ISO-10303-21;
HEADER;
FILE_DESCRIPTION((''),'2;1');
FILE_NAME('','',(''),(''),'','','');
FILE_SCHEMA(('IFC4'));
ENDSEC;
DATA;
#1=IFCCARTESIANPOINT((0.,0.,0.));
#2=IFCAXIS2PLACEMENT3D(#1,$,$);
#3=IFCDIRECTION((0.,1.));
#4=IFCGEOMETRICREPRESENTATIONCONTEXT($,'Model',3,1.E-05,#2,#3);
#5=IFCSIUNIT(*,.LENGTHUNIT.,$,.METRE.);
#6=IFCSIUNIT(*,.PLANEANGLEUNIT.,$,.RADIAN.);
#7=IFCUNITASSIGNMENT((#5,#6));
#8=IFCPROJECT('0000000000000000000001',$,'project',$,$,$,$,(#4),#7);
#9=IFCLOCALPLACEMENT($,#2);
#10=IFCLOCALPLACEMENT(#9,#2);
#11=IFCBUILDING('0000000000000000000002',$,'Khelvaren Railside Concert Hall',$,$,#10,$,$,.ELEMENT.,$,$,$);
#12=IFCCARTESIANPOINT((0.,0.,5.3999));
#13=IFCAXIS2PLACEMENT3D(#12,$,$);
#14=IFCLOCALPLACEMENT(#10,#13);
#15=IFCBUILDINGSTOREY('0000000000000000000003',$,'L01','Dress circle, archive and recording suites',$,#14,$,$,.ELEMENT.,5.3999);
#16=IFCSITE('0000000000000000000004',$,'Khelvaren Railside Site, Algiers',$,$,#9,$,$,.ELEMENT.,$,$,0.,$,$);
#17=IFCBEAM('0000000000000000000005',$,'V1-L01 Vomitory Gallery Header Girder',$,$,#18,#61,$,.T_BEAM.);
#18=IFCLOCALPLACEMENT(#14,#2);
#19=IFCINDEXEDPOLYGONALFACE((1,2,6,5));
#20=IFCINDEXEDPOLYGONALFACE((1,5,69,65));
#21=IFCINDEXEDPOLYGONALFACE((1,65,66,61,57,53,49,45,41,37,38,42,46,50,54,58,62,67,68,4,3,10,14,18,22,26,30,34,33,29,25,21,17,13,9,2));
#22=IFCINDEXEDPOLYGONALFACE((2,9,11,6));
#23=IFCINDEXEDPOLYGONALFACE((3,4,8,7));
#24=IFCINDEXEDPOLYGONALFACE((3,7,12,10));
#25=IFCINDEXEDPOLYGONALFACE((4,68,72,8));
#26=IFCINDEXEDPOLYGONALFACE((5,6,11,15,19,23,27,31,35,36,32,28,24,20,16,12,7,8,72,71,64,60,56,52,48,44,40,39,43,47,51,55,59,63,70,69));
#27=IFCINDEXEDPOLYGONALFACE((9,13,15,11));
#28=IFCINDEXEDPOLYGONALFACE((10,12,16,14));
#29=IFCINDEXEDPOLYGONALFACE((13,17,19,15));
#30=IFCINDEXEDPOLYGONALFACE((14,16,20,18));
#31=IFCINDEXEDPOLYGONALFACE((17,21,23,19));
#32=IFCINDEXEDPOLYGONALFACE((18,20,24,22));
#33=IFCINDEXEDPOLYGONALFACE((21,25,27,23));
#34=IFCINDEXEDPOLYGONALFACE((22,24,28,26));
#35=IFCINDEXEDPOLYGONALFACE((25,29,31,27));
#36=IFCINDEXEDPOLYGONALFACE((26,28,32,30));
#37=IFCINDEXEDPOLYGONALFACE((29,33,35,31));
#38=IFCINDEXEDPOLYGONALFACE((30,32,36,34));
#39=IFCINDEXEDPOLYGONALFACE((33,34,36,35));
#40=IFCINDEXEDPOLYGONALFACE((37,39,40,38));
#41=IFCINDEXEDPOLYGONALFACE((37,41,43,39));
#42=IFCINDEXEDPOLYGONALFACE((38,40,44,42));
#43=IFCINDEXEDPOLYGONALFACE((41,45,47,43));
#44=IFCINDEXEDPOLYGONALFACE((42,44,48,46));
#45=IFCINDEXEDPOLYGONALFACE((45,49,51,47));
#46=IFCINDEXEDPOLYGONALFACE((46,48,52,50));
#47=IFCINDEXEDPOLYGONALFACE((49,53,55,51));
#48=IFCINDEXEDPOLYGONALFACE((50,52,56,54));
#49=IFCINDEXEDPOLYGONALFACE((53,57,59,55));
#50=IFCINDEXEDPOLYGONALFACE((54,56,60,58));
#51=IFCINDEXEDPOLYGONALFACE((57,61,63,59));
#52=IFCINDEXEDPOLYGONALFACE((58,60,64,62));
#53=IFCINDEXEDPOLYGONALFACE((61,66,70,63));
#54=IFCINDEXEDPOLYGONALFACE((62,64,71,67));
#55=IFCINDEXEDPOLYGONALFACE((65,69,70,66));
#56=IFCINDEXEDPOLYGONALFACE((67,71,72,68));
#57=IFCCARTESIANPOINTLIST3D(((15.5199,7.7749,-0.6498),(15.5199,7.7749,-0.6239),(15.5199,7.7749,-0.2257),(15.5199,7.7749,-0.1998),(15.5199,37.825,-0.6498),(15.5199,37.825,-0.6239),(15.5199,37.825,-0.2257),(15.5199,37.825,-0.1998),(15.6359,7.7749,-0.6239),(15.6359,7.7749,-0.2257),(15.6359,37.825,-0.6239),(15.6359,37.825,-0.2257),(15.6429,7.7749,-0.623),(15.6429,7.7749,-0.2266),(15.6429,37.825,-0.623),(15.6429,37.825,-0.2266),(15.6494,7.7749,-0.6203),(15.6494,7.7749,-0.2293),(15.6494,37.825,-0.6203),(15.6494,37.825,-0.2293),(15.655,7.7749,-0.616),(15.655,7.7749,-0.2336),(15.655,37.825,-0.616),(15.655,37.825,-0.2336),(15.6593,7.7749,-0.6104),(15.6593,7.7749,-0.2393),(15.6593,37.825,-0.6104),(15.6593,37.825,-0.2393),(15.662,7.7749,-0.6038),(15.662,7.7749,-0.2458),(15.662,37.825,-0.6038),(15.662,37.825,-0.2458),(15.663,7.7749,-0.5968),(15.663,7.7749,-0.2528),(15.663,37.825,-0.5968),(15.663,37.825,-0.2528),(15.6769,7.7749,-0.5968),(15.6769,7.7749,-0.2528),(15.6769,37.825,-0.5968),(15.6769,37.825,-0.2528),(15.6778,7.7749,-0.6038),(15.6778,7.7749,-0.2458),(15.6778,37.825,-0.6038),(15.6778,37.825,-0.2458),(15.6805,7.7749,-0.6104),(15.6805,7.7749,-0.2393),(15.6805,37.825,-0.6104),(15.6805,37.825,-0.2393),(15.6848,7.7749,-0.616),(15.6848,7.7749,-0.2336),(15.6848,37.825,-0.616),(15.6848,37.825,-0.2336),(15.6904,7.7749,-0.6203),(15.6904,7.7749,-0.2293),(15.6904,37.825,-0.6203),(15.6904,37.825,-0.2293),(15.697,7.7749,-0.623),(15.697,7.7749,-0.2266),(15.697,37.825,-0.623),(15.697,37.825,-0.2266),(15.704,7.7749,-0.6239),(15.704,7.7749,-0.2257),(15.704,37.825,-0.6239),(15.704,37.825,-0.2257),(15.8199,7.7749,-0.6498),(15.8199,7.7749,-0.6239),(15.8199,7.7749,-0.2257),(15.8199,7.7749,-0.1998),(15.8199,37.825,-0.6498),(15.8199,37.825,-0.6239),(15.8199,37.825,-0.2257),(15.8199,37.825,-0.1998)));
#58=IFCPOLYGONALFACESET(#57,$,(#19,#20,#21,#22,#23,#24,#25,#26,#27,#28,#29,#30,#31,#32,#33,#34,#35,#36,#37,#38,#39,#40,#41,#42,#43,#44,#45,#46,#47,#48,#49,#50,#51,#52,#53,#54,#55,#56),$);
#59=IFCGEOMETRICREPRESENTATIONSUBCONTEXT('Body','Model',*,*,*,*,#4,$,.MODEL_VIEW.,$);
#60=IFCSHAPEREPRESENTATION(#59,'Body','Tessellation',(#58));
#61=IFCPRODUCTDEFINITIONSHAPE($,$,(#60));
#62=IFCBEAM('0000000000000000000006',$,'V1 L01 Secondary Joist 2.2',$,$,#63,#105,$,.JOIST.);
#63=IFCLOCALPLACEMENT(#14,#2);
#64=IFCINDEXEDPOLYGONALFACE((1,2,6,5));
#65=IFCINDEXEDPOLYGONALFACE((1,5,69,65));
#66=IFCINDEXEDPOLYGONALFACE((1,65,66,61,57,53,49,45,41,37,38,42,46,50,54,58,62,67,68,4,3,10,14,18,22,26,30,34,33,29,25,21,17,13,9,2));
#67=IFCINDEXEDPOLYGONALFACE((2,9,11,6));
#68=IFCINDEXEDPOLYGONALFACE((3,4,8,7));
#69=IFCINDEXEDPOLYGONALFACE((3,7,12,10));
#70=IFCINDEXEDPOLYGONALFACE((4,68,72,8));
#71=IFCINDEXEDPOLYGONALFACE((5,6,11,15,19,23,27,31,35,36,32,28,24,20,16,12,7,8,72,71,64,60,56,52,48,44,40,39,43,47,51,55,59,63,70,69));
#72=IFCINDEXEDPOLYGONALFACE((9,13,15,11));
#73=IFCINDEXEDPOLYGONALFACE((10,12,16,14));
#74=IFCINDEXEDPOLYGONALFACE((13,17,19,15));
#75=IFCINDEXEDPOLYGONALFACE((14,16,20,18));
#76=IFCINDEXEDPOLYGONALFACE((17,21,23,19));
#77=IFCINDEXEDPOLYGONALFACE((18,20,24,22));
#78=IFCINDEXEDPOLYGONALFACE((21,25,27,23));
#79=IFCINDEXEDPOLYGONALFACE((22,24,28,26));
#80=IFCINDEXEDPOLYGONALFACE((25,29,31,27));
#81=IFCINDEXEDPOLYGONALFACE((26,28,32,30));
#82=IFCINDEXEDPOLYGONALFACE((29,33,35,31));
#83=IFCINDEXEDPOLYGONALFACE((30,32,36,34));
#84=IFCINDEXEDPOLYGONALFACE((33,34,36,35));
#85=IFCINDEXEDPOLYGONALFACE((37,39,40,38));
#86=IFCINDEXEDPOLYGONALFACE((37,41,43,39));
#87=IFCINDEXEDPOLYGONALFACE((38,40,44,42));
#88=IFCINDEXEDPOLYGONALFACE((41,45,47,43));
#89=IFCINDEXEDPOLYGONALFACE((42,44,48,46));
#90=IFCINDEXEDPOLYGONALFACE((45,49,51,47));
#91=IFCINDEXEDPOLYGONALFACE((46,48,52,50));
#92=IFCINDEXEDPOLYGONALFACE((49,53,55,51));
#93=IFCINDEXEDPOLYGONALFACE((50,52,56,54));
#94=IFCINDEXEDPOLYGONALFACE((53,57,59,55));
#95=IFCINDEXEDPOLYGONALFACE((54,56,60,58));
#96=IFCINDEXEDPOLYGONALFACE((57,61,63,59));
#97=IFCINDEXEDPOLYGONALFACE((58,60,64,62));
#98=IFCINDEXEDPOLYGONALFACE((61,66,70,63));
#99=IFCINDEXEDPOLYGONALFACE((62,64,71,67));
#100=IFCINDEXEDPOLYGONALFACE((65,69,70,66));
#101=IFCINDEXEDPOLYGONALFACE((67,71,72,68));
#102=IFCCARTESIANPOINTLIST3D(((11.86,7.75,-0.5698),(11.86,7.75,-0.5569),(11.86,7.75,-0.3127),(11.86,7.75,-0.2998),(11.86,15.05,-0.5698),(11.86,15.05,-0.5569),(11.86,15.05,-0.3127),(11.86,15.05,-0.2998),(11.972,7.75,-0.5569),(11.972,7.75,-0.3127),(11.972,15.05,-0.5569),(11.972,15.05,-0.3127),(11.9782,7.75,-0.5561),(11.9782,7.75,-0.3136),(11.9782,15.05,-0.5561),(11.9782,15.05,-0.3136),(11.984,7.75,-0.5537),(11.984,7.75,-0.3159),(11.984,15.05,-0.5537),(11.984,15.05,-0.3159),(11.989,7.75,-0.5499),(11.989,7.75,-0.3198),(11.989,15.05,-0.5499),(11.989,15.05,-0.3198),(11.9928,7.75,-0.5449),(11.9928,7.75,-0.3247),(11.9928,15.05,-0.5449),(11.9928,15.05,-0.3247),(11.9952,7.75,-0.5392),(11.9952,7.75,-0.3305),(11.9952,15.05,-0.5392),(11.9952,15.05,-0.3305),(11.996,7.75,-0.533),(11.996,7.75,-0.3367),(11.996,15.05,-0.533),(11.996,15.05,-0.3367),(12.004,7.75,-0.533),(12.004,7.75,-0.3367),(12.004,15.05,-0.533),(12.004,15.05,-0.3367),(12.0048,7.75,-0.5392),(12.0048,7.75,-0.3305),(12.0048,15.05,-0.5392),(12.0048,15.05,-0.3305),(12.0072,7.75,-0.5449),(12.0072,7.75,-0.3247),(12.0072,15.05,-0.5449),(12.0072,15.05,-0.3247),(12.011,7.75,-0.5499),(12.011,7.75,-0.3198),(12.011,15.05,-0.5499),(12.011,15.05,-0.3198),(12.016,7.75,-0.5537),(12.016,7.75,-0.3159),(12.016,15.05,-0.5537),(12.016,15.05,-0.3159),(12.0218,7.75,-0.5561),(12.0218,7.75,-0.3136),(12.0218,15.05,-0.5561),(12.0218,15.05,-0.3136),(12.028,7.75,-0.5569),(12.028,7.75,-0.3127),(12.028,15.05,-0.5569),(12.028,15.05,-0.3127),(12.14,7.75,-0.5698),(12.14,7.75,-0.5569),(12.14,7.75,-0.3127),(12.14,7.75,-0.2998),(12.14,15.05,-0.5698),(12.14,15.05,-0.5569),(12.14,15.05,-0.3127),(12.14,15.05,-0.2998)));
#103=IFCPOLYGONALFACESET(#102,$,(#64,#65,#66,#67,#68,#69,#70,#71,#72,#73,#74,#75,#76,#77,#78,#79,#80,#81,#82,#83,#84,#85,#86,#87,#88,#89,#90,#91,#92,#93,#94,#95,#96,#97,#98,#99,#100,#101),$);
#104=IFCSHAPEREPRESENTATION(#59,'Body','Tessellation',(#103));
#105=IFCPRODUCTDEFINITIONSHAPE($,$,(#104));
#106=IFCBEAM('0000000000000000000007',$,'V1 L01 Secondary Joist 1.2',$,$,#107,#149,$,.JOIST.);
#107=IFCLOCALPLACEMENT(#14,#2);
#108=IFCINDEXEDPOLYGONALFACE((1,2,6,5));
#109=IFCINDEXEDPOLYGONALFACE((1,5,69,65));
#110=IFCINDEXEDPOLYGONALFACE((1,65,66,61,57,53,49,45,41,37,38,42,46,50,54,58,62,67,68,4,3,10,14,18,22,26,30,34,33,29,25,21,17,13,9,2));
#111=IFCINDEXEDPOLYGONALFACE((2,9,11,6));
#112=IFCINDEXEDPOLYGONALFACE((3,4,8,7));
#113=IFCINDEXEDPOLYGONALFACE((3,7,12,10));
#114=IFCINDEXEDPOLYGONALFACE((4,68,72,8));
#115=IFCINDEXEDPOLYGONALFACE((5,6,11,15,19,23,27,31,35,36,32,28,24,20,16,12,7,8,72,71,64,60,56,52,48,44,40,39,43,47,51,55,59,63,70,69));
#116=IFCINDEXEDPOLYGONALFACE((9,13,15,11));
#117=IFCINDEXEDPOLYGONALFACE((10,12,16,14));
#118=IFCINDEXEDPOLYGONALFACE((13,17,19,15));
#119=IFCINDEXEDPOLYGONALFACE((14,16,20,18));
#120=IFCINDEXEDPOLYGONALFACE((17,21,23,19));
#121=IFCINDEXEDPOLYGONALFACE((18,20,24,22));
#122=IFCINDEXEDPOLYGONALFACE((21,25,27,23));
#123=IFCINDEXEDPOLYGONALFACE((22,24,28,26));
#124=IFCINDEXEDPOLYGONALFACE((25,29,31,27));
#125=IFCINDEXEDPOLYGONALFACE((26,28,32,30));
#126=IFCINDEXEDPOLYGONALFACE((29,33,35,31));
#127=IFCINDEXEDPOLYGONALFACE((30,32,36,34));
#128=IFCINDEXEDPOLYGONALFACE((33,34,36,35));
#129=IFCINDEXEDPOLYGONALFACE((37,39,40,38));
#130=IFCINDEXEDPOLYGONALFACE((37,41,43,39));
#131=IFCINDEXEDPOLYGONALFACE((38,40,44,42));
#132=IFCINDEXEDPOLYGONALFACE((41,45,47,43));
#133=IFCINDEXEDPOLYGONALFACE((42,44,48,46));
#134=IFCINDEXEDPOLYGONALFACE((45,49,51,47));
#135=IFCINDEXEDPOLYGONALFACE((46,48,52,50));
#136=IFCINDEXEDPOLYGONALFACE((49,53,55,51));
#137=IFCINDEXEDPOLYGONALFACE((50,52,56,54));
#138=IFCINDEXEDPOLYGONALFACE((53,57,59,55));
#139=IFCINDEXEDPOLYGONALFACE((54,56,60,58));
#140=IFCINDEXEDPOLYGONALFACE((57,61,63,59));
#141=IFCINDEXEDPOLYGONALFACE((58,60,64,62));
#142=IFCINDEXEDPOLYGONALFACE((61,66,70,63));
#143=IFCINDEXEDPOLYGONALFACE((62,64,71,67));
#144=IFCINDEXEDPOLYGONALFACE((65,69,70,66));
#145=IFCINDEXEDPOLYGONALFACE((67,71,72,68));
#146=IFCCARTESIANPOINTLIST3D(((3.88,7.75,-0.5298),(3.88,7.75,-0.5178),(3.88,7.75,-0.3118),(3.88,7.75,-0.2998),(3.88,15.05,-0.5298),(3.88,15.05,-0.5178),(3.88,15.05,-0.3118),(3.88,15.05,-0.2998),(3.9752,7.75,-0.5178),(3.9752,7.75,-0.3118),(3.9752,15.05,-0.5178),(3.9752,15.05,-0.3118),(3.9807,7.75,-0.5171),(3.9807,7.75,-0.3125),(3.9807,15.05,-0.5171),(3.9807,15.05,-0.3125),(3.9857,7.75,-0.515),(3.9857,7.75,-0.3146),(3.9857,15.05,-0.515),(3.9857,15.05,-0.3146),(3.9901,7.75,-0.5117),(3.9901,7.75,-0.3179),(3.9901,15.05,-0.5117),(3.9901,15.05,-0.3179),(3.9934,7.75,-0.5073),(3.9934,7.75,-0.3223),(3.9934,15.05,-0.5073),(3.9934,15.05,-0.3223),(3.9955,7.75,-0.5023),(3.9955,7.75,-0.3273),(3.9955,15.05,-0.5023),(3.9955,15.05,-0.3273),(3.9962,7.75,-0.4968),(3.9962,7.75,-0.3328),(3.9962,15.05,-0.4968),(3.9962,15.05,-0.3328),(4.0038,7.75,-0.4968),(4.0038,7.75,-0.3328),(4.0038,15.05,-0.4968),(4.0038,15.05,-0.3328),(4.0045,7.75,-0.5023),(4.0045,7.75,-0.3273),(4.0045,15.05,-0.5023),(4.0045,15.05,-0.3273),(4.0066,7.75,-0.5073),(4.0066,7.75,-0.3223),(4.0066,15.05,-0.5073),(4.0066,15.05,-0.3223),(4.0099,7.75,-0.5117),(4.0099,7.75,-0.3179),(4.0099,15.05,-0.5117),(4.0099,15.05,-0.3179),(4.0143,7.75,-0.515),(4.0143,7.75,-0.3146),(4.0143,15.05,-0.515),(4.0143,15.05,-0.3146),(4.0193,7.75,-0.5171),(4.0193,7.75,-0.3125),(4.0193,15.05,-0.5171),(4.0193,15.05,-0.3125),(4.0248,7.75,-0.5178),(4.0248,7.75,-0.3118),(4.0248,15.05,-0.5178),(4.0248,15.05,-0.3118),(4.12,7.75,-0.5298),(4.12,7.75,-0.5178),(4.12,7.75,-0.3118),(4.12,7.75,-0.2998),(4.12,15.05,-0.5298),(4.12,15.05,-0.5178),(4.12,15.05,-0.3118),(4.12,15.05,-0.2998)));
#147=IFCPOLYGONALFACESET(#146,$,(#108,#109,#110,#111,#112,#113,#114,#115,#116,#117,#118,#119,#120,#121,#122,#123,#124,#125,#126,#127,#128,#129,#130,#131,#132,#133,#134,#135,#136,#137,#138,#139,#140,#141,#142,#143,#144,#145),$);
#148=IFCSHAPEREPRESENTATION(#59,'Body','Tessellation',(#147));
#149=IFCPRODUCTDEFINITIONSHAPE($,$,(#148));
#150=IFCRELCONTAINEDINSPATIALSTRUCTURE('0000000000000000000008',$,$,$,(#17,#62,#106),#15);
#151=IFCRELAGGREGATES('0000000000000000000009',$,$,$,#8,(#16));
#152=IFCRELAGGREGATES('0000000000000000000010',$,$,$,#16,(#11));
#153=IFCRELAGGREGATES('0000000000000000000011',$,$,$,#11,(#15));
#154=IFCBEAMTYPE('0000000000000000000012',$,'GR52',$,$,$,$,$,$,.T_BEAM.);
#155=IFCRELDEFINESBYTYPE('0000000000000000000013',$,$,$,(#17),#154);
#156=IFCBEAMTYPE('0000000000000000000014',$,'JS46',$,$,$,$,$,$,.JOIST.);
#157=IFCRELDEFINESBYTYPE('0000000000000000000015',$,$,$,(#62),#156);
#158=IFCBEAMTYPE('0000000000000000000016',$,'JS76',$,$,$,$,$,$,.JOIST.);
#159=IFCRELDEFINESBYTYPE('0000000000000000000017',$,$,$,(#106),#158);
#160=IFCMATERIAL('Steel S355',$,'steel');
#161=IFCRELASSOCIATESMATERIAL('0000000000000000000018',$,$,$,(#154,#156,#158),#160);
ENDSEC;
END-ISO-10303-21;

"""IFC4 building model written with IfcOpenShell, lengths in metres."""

from ifc_helpers import new_model, si_unit, direction, frame, origin, origin_2d, place, context, subcontext, project, spatial, i_section, extrude, material, material_profile, profile_set, type_object, element, save


model = new_model("IFC4")

# Units and contexts
model_context = context("Model", 3, precision=1e-05, world=origin(), true_north=direction((0.0, 1.0)))
body_context = subcontext(model_context, "Body", "Model", "MODEL_VIEW")
ifc_project = project(units=[si_unit("LENGTHUNIT", "METRE"), si_unit("PLANEANGLEUNIT", "RADIAN")], contexts=[model_context])

# Site, building, storey
site_placement = place(None, origin())
site = spatial("IfcSite", under=ifc_project, at=site_placement, Name="Khelvaren Railside Site, Algiers", CompositionType="ELEMENT", RefElevation=0.0)
building_placement = place(site_placement, origin())
building = spatial("IfcBuilding", under=site, at=building_placement, Name="Khelvaren Railside Concert Hall", CompositionType="ELEMENT")
storey_placement = place(building_placement, frame((0.0, 0.0, 5.3999)))
storey = spatial("IfcBuildingStorey", under=building, at=storey_placement, Name="L01", Description="Dress circle, archive and recording suites", CompositionType="ELEMENT", Elevation=5.3999)

# Shared definitions
ifc_material_1 = material(Name="Steel S355", Category="steel")

# Beams
ifc_material_profile_1 = material_profile(ifc_material_1, i_section(OverallWidth=0.3, OverallDepth=0.45, WebThickness=0.0139, FlangeThickness=0.0259, FilletRadius=0.0271, at=origin_2d()), Name="HEB 450")
ifc_profile_set_1 = profile_set([ifc_material_profile_1], Name="Steel S355")
beam_type_1 = type_object("IfcBeamType", Name="GR52", PredefinedType="T_BEAM", material=ifc_profile_set_1)
beam_1_placement = place(storey_placement, frame((15.6699, 7.7749, -0.4248), z_axis=(0.0, 1.0, 0.0), x_axis=(-1.0, 0.0, 0.0)))
element("IfcBeam", 1, at=beam_1_placement, inside=storey, type_object=beam_type_1, Name="V1-L01 Vomitory Gallery Header Girder", PredefinedType="T_BEAM", context=body_context, shape_type="SweptSolid", body=[
    extrude(i_section(OverallWidth=0.3, OverallDepth=0.45, WebThickness=0.0139, FlangeThickness=0.0259, FilletRadius=0.0271, at=origin_2d()), origin(), (0.0, 0.0, 1.0), 30.05),
])
ifc_material_profile_2 = material_profile(ifc_material_1, i_section(OverallWidth=0.28, OverallDepth=0.27, WebThickness=0.0081, FlangeThickness=0.0129, FilletRadius=0.0239, at=origin_2d()), Name="HEA 280")
ifc_profile_set_2 = profile_set([ifc_material_profile_2], Name="Steel S355")
beam_type_2 = type_object("IfcBeamType", Name="JS46", PredefinedType="JOIST", material=ifc_profile_set_2)
beam_2_placement = place(storey_placement, frame((12.0, 7.75, -0.4348), z_axis=(0.0, 1.0, 0.0), x_axis=(-1.0, 0.0, 0.0)))
element("IfcBeam", 2, at=beam_2_placement, inside=storey, type_object=beam_type_2, Name="V1 L01 Secondary Joist 2.2", PredefinedType="JOIST", context=body_context, shape_type="SweptSolid", body=[
    extrude(i_section(OverallWidth=0.28, OverallDepth=0.27, WebThickness=0.0081, FlangeThickness=0.0129, FilletRadius=0.0239, at=origin_2d()), origin(), (0.0, 0.0, 1.0), 7.3),
])
ifc_material_profile_3 = material_profile(ifc_material_1, i_section(OverallWidth=0.24, OverallDepth=0.23, WebThickness=0.0076, FlangeThickness=0.012, FilletRadius=0.021, at=origin_2d()), Name="HEA 240")
ifc_profile_set_3 = profile_set([ifc_material_profile_3], Name="Steel S355")
beam_type_3 = type_object("IfcBeamType", Name="JS76", PredefinedType="JOIST", material=ifc_profile_set_3)
beam_3_placement = place(storey_placement, frame((4.0, 7.75, -0.4148), z_axis=(0.0, 1.0, 0.0), x_axis=(-1.0, 0.0, 0.0)))
element("IfcBeam", 3, at=beam_3_placement, inside=storey, type_object=beam_type_3, Name="V1 L01 Secondary Joist 1.2", PredefinedType="JOIST", context=body_context, shape_type="SweptSolid", body=[
    extrude(i_section(OverallWidth=0.24, OverallDepth=0.23, WebThickness=0.0076, FlangeThickness=0.012, FilletRadius=0.021, at=origin_2d()), origin(), (0.0, 0.0, 1.0), 7.3),
])

save(model, "model.ifc")
